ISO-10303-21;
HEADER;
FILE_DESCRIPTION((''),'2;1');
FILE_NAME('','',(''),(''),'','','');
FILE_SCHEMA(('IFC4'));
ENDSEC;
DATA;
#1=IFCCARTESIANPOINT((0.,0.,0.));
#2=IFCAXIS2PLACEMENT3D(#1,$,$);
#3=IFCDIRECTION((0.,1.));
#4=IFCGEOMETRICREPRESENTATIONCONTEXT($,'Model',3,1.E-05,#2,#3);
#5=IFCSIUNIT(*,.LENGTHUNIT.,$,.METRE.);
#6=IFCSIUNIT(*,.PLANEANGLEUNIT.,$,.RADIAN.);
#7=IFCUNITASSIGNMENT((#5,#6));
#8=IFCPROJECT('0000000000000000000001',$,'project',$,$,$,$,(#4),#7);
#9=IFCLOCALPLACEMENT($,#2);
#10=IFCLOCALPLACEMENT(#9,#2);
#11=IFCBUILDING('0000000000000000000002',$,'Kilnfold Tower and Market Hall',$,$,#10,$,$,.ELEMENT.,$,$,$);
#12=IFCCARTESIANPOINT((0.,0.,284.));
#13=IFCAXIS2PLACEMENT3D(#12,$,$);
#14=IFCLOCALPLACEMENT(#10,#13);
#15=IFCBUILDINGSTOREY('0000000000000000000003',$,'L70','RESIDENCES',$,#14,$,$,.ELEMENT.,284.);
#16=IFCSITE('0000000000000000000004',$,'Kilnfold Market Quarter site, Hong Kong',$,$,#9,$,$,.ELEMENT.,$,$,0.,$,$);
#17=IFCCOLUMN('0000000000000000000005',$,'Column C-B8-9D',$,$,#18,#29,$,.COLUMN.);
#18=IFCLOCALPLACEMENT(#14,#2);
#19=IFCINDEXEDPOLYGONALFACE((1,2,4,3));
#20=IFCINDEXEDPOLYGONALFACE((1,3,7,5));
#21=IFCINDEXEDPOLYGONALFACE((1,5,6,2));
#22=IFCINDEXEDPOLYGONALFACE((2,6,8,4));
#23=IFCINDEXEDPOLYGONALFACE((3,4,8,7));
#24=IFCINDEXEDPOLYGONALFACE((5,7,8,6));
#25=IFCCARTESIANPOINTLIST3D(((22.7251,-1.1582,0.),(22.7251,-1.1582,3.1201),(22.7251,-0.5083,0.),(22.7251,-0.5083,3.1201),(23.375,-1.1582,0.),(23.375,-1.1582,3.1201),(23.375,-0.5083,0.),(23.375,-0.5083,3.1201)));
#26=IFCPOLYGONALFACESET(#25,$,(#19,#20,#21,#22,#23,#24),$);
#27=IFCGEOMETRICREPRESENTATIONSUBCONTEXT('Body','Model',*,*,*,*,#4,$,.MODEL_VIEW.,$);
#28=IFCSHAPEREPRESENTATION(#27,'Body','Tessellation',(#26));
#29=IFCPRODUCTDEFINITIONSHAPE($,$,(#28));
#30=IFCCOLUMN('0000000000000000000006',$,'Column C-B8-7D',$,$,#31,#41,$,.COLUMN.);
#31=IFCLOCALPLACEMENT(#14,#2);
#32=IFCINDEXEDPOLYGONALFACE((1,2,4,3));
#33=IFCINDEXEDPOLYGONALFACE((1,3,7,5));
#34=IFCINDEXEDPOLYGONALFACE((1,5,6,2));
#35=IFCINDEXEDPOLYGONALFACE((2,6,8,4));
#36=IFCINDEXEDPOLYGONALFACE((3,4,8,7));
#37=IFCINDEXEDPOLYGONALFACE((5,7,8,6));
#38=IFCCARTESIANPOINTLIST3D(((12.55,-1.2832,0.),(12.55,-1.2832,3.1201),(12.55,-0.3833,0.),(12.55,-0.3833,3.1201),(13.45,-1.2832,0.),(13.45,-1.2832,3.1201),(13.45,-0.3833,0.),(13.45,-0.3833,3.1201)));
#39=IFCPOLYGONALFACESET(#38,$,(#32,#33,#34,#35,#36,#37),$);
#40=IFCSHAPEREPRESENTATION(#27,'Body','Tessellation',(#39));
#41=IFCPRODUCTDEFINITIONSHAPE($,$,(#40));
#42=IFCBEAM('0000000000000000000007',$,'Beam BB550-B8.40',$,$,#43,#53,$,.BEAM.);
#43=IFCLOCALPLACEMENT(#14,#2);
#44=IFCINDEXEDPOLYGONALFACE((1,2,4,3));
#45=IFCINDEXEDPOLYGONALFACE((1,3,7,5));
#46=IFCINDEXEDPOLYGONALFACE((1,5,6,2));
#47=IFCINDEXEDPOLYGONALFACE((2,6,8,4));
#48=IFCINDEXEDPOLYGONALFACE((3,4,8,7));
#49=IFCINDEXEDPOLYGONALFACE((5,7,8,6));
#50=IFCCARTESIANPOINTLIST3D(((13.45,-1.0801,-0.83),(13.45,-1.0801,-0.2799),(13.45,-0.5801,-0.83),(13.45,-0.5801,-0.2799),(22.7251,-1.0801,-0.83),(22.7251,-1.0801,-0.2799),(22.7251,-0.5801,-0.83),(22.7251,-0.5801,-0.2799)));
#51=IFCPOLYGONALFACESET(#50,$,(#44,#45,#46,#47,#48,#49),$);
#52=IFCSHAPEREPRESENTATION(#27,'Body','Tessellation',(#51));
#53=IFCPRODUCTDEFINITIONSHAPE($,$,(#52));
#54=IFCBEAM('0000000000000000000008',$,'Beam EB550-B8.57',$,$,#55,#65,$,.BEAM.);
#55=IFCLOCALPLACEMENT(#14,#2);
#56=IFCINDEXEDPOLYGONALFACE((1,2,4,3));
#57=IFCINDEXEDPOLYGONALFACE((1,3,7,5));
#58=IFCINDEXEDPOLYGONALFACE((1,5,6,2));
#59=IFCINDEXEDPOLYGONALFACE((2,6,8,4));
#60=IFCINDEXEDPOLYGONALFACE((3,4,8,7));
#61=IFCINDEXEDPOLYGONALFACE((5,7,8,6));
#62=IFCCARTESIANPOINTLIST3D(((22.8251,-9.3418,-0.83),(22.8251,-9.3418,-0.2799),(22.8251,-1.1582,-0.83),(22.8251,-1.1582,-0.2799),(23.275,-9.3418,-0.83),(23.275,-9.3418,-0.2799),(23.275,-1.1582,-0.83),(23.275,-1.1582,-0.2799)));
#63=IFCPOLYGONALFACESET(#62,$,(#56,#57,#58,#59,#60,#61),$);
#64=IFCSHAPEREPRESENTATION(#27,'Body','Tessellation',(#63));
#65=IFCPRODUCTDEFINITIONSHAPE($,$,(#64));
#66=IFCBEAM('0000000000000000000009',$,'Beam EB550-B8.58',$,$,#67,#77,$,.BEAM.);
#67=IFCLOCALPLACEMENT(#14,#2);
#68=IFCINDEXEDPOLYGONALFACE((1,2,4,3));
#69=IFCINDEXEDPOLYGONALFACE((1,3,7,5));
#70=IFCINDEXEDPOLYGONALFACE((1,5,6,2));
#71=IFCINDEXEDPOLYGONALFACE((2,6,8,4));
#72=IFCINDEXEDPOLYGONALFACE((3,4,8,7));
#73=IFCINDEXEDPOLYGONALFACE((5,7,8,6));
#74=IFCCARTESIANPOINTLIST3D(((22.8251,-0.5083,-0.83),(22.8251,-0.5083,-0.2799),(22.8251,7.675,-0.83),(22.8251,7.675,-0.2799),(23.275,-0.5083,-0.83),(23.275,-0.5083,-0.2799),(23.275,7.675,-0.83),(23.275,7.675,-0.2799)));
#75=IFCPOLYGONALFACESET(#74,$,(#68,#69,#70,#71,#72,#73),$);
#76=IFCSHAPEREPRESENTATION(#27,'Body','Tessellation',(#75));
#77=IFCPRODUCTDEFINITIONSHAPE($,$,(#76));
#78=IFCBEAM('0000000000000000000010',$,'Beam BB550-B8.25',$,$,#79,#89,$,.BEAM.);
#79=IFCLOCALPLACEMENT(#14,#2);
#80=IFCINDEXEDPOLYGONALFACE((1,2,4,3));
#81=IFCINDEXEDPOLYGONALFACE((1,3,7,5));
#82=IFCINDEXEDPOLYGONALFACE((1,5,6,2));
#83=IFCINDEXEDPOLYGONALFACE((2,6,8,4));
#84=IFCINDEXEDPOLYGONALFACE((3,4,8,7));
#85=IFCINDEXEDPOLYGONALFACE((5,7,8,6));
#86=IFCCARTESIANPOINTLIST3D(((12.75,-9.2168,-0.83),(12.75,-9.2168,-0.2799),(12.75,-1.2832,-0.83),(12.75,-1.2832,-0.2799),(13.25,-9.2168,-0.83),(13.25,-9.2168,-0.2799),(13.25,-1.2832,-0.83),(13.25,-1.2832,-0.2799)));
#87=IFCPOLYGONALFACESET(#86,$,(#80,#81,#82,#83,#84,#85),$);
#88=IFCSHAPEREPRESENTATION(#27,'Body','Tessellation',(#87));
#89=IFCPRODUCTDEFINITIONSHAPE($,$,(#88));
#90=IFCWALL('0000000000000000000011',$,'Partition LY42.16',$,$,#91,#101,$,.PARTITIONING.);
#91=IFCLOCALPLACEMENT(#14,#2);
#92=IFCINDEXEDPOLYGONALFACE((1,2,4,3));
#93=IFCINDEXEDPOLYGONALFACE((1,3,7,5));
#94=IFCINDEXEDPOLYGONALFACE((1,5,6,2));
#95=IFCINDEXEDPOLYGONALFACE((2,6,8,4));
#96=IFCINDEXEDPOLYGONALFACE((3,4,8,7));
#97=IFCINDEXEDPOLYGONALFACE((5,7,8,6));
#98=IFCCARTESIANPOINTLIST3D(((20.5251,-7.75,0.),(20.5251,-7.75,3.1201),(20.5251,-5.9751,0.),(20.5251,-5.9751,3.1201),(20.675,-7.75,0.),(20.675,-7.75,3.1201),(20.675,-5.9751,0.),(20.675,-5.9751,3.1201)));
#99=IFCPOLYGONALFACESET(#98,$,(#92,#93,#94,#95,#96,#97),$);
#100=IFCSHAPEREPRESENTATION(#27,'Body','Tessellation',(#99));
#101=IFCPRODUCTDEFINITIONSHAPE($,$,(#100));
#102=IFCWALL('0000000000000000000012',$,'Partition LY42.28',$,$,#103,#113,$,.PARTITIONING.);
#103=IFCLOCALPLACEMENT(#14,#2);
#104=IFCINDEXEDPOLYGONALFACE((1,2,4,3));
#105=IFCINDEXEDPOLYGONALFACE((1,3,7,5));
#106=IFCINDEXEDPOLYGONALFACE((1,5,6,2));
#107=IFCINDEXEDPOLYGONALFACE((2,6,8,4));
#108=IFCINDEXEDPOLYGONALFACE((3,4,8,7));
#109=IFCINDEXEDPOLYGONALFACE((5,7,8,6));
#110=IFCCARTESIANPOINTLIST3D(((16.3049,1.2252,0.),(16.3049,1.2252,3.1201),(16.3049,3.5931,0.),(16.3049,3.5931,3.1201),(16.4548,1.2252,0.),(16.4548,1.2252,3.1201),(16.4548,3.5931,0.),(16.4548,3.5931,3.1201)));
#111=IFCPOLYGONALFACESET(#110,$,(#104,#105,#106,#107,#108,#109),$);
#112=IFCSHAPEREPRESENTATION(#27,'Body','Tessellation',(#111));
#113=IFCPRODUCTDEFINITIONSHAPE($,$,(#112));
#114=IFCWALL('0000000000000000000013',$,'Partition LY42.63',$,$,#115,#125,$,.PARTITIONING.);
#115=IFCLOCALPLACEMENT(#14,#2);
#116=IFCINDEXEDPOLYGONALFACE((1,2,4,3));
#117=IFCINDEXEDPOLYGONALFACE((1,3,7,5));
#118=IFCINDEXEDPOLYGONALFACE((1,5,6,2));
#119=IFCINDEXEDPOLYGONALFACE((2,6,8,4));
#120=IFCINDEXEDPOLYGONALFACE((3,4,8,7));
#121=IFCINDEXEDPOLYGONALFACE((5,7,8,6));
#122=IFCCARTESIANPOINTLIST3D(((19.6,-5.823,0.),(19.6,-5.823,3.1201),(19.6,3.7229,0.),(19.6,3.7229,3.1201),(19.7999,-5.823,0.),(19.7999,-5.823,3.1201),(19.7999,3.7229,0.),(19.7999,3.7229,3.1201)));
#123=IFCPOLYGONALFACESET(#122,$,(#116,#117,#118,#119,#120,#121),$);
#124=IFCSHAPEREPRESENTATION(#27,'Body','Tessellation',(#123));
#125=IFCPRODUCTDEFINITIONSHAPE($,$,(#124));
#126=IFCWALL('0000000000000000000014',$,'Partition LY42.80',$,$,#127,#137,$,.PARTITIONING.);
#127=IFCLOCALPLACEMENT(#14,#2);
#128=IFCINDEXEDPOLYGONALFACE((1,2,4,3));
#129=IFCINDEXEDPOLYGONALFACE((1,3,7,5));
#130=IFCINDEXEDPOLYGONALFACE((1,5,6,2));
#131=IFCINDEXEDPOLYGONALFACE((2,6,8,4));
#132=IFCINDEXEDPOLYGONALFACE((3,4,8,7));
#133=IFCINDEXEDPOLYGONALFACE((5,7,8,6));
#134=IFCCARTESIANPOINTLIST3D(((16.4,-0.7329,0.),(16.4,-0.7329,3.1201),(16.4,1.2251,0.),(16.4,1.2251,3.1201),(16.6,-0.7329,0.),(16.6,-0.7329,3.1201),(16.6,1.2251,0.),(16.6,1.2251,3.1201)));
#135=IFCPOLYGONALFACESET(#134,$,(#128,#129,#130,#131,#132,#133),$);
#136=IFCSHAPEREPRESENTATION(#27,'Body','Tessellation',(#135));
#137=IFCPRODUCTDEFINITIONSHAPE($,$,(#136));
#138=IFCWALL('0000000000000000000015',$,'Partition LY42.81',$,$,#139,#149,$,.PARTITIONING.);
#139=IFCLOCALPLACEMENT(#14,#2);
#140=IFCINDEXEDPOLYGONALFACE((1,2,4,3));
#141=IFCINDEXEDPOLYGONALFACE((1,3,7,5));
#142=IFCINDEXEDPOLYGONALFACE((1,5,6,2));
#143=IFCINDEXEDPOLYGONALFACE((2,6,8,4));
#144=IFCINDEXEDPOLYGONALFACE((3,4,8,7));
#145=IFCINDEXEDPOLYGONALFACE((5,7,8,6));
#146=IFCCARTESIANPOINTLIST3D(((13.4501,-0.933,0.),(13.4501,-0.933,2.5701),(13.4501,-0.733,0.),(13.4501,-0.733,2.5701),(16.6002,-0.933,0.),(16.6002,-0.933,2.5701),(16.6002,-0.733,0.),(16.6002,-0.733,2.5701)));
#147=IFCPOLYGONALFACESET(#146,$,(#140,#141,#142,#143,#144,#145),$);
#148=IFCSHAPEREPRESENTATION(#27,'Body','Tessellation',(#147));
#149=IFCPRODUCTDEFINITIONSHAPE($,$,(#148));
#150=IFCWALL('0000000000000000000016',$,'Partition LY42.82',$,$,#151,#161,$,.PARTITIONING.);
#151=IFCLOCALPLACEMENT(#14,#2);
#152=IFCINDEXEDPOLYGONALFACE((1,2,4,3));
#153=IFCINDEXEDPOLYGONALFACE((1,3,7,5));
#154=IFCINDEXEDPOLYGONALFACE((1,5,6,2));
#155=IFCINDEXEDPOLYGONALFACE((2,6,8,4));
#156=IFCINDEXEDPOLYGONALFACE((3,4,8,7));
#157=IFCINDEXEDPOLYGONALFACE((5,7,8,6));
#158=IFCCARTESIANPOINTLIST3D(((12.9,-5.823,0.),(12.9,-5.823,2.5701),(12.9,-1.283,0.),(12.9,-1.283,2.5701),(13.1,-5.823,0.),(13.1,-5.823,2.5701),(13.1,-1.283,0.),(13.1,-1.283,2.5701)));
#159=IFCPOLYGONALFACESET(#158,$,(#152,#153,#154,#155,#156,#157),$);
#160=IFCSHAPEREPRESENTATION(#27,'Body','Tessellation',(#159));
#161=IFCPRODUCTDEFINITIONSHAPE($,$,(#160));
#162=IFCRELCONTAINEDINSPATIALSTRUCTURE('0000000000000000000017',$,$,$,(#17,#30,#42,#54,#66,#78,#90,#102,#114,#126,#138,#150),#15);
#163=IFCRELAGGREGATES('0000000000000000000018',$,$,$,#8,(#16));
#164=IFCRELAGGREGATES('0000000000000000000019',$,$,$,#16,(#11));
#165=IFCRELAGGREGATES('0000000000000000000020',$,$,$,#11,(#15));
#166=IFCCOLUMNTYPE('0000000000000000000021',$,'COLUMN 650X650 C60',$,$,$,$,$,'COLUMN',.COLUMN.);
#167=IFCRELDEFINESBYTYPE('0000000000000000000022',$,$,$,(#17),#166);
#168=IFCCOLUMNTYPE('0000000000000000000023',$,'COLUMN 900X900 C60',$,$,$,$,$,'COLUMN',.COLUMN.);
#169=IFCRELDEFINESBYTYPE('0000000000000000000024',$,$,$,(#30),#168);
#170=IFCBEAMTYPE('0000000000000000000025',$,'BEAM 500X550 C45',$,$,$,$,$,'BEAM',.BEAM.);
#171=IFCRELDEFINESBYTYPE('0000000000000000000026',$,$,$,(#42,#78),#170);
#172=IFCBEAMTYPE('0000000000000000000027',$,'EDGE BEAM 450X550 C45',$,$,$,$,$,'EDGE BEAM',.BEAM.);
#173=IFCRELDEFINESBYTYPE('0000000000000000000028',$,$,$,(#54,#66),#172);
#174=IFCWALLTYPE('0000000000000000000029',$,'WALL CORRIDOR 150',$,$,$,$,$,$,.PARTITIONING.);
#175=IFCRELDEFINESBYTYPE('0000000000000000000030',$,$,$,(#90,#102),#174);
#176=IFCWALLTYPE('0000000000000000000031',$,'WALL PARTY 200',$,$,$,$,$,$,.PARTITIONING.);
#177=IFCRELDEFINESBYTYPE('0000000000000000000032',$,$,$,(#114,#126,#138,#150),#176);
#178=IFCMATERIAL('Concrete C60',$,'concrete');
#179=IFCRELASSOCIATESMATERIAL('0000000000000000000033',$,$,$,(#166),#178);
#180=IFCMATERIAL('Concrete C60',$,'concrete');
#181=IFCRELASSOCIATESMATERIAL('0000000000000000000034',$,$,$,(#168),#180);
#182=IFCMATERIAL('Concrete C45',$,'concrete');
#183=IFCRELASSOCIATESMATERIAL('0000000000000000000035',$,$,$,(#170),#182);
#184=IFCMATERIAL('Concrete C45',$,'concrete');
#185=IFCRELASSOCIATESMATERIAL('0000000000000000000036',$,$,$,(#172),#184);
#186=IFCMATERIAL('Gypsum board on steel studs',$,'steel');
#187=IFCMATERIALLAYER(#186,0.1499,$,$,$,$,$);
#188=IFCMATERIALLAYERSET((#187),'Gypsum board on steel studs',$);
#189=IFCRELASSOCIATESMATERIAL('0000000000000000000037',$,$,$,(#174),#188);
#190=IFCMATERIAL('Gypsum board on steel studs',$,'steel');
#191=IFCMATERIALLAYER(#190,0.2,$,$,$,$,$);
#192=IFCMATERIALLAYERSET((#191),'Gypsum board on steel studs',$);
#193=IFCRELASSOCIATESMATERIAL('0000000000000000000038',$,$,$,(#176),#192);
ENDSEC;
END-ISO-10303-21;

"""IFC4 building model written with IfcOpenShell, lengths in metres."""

from ifc_helpers import new_model, si_unit, direction, frame, frame_2d, origin, origin_2d, place, context, subcontext, project, spatial, rectangle, extrude, source, transform, mapped, material, layer, layer_set, material_profile, profile_set, type_object, element, save


model = new_model("IFC4")

# Units and contexts
model_context = context("Model", 3, precision=1e-05, world=origin(), true_north=direction((0.0, 1.0)))
body_context = subcontext(model_context, "Body", "Model", "MODEL_VIEW")
ifc_project = project(units=[si_unit("LENGTHUNIT", "METRE"), si_unit("PLANEANGLEUNIT", "RADIAN")], contexts=[model_context])

# Site, building, storey
site_placement = place(None, origin())
site = spatial("IfcSite", under=ifc_project, at=site_placement, Name="Kilnfold Market Quarter site, Hong Kong", CompositionType="ELEMENT", RefElevation=0.0)
building_placement = place(site_placement, origin())
building = spatial("IfcBuilding", under=site, at=building_placement, Name="Kilnfold Tower and Market Hall", CompositionType="ELEMENT")
storey_placement = place(building_placement, frame((0.0, 0.0, 284.0)))
storey = spatial("IfcBuildingStorey", under=building, at=storey_placement, Name="L70", Description="RESIDENCES", CompositionType="ELEMENT", Elevation=284.0)

# Columns
ifc_material_1 = material(Name="Concrete C60", Category="concrete")
ifc_material_profile_1 = material_profile(ifc_material_1, rectangle(XDim=0.6499, YDim=0.6499, at=origin_2d()), Name="RC 650x650")
ifc_profile_set_1 = profile_set([ifc_material_profile_1], Name="Concrete C60")
column_type_1 = type_object("IfcColumnType", Name="COLUMN 650X650 C60", ElementType="COLUMN", PredefinedType="COLUMN", material=ifc_profile_set_1)
shared_shape_1 = source(origin(), body_context, "Body", "SweptSolid", [
    extrude(rectangle(XDim=0.6499, YDim=0.6499, at=origin_2d()), origin(), (0.0, 0.0, 1.0), 3.1201),
])
column_1_placement = place(storey_placement, frame((23.05, -0.8333, 0.0), z_axis=(0.0, 0.0, 1.0), x_axis=(1.0, 0.0, 0.0)))
element("IfcColumn", 1, at=column_1_placement, inside=storey, type_object=column_type_1, Name="Column C-B8-9D", PredefinedType="COLUMN", context=body_context, shape_type="MappedRepresentation", body=[
    mapped(shared_shape_1, transform((0.0, 0.0, 0.0))),
])
ifc_material_2 = material(Name="Concrete C60", Category="concrete")
ifc_material_profile_2 = material_profile(ifc_material_2, rectangle(XDim=0.8999, YDim=0.8999, at=origin_2d()), Name="RC 900x900")
ifc_profile_set_2 = profile_set([ifc_material_profile_2], Name="Concrete C60")
column_type_2 = type_object("IfcColumnType", Name="COLUMN 900X900 C60", ElementType="COLUMN", PredefinedType="COLUMN", material=ifc_profile_set_2)
shared_shape_2 = source(origin(), body_context, "Body", "SweptSolid", [
    extrude(rectangle(XDim=0.8999, YDim=0.8999, at=origin_2d()), origin(), (0.0, 0.0, 1.0), 3.1201),
])
column_2_placement = place(storey_placement, frame((13.0, -0.8333, 0.0), z_axis=(0.0, 0.0, 1.0), x_axis=(1.0, 0.0, 0.0)))
element("IfcColumn", 2, at=column_2_placement, inside=storey, type_object=column_type_2, Name="Column C-B8-7D", PredefinedType="COLUMN", context=body_context, shape_type="MappedRepresentation", body=[
    mapped(shared_shape_2, transform((0.0, 0.0, 0.0))),
])

# Beams
ifc_material_3 = material(Name="Concrete C45", Category="concrete")
ifc_material_profile_3 = material_profile(ifc_material_3, rectangle(XDim=0.5, YDim=0.55, at=origin_2d()), Name="RC 500x550")
ifc_profile_set_3 = profile_set([ifc_material_profile_3], Name="Concrete C45")
beam_type_1 = type_object("IfcBeamType", Name="BEAM 500X550 C45", ElementType="BEAM", PredefinedType="BEAM", material=ifc_profile_set_3)
shared_shape_3 = source(origin(), body_context, "Body", "SweptSolid", [
    extrude(rectangle(XDim=0.5, YDim=0.55, at=origin_2d()), origin(), (0.0, 0.0, 1.0), 9.2751),
])
beam_1_placement = place(storey_placement, frame((13.45, -0.8301, -0.5549), z_axis=(1.0, 0.0, 0.0), x_axis=(0.0, 1.0, 0.0)))
element("IfcBeam", 3, at=beam_1_placement, inside=storey, type_object=beam_type_1, Name="Beam BB550-B8.40", PredefinedType="BEAM", context=body_context, shape_type="MappedRepresentation", body=[
    mapped(shared_shape_3, transform((0.0, 0.0, 0.0))),
])
ifc_material_4 = material(Name="Concrete C45", Category="concrete")
ifc_material_profile_4 = material_profile(ifc_material_4, rectangle(XDim=0.45, YDim=0.55, at=origin_2d()), Name="RC 450x550")
ifc_profile_set_4 = profile_set([ifc_material_profile_4], Name="Concrete C45")
beam_type_2 = type_object("IfcBeamType", Name="EDGE BEAM 450X550 C45", ElementType="EDGE BEAM", PredefinedType="BEAM", material=ifc_profile_set_4)
shared_shape_4 = source(origin(), body_context, "Body", "SweptSolid", [
    extrude(rectangle(XDim=0.45, YDim=0.55, at=origin_2d()), origin(), (0.0, 0.0, 1.0), 8.1836),
])
beam_2_placement = place(storey_placement, frame((23.05, -9.3418, -0.5549), z_axis=(0.0, 1.0, 0.0), x_axis=(-1.0, 0.0, 0.0)))
element("IfcBeam", 4, at=beam_2_placement, inside=storey, type_object=beam_type_2, Name="Beam EB550-B8.57", PredefinedType="BEAM", context=body_context, shape_type="MappedRepresentation", body=[
    mapped(shared_shape_4, transform((0.0, 0.0, 0.0))),
])
shared_shape_5 = source(origin(), body_context, "Body", "SweptSolid", [
    extrude(rectangle(XDim=0.45, YDim=0.55, at=origin_2d()), origin(), (0.0, 0.0, 1.0), 8.1833),
])
beam_3_placement = place(storey_placement, frame((23.05, -0.5083, -0.5549), z_axis=(0.0, 1.0, 0.0), x_axis=(-1.0, 0.0, 0.0)))
element("IfcBeam", 5, at=beam_3_placement, inside=storey, type_object=beam_type_2, Name="Beam EB550-B8.58", PredefinedType="BEAM", context=body_context, shape_type="MappedRepresentation", body=[
    mapped(shared_shape_5, transform((0.0, 0.0, 0.0))),
])
shared_shape_6 = source(origin(), body_context, "Body", "SweptSolid", [
    extrude(rectangle(XDim=0.5, YDim=0.55, at=origin_2d()), origin(), (0.0, 0.0, 1.0), 7.9336),
])
beam_4_placement = place(storey_placement, frame((13.0, -9.2168, -0.5549), z_axis=(0.0, 1.0, 0.0), x_axis=(-1.0, 0.0, 0.0)))
element("IfcBeam", 6, at=beam_4_placement, inside=storey, type_object=beam_type_1, Name="Beam BB550-B8.25", PredefinedType="BEAM", context=body_context, shape_type="MappedRepresentation", body=[
    mapped(shared_shape_6, transform((0.0, 0.0, 0.0))),
])

# Walls
ifc_material_5 = material(Name="Gypsum board on steel studs", Category="steel")
ifc_layer_1 = layer(ifc_material_5, 0.1499)
ifc_layer_set_1 = layer_set([ifc_layer_1], Name="Gypsum board on steel studs")
wall_type_1 = type_object("IfcWallType", Name="WALL CORRIDOR 150", PredefinedType="PARTITIONING", material=ifc_layer_set_1)
wall_1_placement = place(storey_placement, frame((20.6001, -7.75, 0.0), z_axis=(0.0, 0.0, 1.0), x_axis=(0.0, 1.0, 0.0)))
element("IfcWall", 7, at=wall_1_placement, inside=storey, type_object=wall_type_1, Name="Partition LY42.16", PredefinedType="PARTITIONING", context=body_context, shape_type="SweptSolid", body=[
    extrude(rectangle(XDim=1.7749, YDim=0.1499, at=frame_2d((0.8875, 0.0))), origin(), (0.0, 0.0, 1.0), 3.1201),
])
wall_2_placement = place(storey_placement, frame((16.3799, 1.2251, 0.0), z_axis=(0.0, 0.0, 1.0), x_axis=(0.0, 1.0, 0.0)))
element("IfcWall", 8, at=wall_2_placement, inside=storey, type_object=wall_type_1, Name="Partition LY42.28", PredefinedType="PARTITIONING", context=body_context, shape_type="SweptSolid", body=[
    extrude(rectangle(XDim=2.3679, YDim=0.1499, at=frame_2d((1.1841, 0.0))), origin(), (0.0, 0.0, 1.0), 3.1201),
])
ifc_material_6 = material(Name="Gypsum board on steel studs", Category="steel")
ifc_layer_2 = layer(ifc_material_6, 0.2)
ifc_layer_set_2 = layer_set([ifc_layer_2], Name="Gypsum board on steel studs")
wall_type_2 = type_object("IfcWallType", Name="WALL PARTY 200", PredefinedType="PARTITIONING", material=ifc_layer_set_2)
wall_3_placement = place(storey_placement, frame((19.7, 3.7229, 0.0), z_axis=(0.0, 0.0, 1.0), x_axis=(0.0, -1.0, 0.0)))
element("IfcWall", 9, at=wall_3_placement, inside=storey, type_object=wall_type_2, Name="Partition LY42.63", PredefinedType="PARTITIONING", context=body_context, shape_type="SweptSolid", body=[
    extrude(rectangle(XDim=9.5459, YDim=0.2, at=frame_2d((4.7729, 0.0))), origin(), (0.0, 0.0, 1.0), 3.1201),
])
wall_4_placement = place(storey_placement, frame((16.5, -0.7329, 0.0), z_axis=(0.0, 0.0, 1.0), x_axis=(0.0, 1.0, 0.0)))
element("IfcWall", 10, at=wall_4_placement, inside=storey, type_object=wall_type_2, Name="Partition LY42.80", PredefinedType="PARTITIONING", context=body_context, shape_type="SweptSolid", body=[
    extrude(rectangle(XDim=1.958, YDim=0.2, at=frame_2d((0.979, 0.0))), origin(), (0.0, 0.0, 1.0), 3.1201),
])
wall_5_placement = place(storey_placement, frame((13.45, -0.833, 0.0), z_axis=(0.0, 0.0, 1.0), x_axis=(1.0, 0.0, 0.0)))
element("IfcWall", 11, at=wall_5_placement, inside=storey, type_object=wall_type_2, Name="Partition LY42.81", PredefinedType="PARTITIONING", context=body_context, shape_type="SweptSolid", body=[
    extrude(rectangle(XDim=3.1501, YDim=0.2, at=frame_2d((1.5752, 0.0))), origin(), (0.0, 0.0, 1.0), 2.5701),
])
wall_6_placement = place(storey_placement, frame((13.0, -5.823, 0.0), z_axis=(0.0, 0.0, 1.0), x_axis=(0.0, 1.0, 0.0)))
element("IfcWall", 12, at=wall_6_placement, inside=storey, type_object=wall_type_2, Name="Partition LY42.82", PredefinedType="PARTITIONING", context=body_context, shape_type="SweptSolid", body=[
    extrude(rectangle(XDim=4.54, YDim=0.2, at=frame_2d((2.27, 0.0))), origin(), (0.0, 0.0, 1.0), 2.5701),
])

save(model, "model.ifc")
